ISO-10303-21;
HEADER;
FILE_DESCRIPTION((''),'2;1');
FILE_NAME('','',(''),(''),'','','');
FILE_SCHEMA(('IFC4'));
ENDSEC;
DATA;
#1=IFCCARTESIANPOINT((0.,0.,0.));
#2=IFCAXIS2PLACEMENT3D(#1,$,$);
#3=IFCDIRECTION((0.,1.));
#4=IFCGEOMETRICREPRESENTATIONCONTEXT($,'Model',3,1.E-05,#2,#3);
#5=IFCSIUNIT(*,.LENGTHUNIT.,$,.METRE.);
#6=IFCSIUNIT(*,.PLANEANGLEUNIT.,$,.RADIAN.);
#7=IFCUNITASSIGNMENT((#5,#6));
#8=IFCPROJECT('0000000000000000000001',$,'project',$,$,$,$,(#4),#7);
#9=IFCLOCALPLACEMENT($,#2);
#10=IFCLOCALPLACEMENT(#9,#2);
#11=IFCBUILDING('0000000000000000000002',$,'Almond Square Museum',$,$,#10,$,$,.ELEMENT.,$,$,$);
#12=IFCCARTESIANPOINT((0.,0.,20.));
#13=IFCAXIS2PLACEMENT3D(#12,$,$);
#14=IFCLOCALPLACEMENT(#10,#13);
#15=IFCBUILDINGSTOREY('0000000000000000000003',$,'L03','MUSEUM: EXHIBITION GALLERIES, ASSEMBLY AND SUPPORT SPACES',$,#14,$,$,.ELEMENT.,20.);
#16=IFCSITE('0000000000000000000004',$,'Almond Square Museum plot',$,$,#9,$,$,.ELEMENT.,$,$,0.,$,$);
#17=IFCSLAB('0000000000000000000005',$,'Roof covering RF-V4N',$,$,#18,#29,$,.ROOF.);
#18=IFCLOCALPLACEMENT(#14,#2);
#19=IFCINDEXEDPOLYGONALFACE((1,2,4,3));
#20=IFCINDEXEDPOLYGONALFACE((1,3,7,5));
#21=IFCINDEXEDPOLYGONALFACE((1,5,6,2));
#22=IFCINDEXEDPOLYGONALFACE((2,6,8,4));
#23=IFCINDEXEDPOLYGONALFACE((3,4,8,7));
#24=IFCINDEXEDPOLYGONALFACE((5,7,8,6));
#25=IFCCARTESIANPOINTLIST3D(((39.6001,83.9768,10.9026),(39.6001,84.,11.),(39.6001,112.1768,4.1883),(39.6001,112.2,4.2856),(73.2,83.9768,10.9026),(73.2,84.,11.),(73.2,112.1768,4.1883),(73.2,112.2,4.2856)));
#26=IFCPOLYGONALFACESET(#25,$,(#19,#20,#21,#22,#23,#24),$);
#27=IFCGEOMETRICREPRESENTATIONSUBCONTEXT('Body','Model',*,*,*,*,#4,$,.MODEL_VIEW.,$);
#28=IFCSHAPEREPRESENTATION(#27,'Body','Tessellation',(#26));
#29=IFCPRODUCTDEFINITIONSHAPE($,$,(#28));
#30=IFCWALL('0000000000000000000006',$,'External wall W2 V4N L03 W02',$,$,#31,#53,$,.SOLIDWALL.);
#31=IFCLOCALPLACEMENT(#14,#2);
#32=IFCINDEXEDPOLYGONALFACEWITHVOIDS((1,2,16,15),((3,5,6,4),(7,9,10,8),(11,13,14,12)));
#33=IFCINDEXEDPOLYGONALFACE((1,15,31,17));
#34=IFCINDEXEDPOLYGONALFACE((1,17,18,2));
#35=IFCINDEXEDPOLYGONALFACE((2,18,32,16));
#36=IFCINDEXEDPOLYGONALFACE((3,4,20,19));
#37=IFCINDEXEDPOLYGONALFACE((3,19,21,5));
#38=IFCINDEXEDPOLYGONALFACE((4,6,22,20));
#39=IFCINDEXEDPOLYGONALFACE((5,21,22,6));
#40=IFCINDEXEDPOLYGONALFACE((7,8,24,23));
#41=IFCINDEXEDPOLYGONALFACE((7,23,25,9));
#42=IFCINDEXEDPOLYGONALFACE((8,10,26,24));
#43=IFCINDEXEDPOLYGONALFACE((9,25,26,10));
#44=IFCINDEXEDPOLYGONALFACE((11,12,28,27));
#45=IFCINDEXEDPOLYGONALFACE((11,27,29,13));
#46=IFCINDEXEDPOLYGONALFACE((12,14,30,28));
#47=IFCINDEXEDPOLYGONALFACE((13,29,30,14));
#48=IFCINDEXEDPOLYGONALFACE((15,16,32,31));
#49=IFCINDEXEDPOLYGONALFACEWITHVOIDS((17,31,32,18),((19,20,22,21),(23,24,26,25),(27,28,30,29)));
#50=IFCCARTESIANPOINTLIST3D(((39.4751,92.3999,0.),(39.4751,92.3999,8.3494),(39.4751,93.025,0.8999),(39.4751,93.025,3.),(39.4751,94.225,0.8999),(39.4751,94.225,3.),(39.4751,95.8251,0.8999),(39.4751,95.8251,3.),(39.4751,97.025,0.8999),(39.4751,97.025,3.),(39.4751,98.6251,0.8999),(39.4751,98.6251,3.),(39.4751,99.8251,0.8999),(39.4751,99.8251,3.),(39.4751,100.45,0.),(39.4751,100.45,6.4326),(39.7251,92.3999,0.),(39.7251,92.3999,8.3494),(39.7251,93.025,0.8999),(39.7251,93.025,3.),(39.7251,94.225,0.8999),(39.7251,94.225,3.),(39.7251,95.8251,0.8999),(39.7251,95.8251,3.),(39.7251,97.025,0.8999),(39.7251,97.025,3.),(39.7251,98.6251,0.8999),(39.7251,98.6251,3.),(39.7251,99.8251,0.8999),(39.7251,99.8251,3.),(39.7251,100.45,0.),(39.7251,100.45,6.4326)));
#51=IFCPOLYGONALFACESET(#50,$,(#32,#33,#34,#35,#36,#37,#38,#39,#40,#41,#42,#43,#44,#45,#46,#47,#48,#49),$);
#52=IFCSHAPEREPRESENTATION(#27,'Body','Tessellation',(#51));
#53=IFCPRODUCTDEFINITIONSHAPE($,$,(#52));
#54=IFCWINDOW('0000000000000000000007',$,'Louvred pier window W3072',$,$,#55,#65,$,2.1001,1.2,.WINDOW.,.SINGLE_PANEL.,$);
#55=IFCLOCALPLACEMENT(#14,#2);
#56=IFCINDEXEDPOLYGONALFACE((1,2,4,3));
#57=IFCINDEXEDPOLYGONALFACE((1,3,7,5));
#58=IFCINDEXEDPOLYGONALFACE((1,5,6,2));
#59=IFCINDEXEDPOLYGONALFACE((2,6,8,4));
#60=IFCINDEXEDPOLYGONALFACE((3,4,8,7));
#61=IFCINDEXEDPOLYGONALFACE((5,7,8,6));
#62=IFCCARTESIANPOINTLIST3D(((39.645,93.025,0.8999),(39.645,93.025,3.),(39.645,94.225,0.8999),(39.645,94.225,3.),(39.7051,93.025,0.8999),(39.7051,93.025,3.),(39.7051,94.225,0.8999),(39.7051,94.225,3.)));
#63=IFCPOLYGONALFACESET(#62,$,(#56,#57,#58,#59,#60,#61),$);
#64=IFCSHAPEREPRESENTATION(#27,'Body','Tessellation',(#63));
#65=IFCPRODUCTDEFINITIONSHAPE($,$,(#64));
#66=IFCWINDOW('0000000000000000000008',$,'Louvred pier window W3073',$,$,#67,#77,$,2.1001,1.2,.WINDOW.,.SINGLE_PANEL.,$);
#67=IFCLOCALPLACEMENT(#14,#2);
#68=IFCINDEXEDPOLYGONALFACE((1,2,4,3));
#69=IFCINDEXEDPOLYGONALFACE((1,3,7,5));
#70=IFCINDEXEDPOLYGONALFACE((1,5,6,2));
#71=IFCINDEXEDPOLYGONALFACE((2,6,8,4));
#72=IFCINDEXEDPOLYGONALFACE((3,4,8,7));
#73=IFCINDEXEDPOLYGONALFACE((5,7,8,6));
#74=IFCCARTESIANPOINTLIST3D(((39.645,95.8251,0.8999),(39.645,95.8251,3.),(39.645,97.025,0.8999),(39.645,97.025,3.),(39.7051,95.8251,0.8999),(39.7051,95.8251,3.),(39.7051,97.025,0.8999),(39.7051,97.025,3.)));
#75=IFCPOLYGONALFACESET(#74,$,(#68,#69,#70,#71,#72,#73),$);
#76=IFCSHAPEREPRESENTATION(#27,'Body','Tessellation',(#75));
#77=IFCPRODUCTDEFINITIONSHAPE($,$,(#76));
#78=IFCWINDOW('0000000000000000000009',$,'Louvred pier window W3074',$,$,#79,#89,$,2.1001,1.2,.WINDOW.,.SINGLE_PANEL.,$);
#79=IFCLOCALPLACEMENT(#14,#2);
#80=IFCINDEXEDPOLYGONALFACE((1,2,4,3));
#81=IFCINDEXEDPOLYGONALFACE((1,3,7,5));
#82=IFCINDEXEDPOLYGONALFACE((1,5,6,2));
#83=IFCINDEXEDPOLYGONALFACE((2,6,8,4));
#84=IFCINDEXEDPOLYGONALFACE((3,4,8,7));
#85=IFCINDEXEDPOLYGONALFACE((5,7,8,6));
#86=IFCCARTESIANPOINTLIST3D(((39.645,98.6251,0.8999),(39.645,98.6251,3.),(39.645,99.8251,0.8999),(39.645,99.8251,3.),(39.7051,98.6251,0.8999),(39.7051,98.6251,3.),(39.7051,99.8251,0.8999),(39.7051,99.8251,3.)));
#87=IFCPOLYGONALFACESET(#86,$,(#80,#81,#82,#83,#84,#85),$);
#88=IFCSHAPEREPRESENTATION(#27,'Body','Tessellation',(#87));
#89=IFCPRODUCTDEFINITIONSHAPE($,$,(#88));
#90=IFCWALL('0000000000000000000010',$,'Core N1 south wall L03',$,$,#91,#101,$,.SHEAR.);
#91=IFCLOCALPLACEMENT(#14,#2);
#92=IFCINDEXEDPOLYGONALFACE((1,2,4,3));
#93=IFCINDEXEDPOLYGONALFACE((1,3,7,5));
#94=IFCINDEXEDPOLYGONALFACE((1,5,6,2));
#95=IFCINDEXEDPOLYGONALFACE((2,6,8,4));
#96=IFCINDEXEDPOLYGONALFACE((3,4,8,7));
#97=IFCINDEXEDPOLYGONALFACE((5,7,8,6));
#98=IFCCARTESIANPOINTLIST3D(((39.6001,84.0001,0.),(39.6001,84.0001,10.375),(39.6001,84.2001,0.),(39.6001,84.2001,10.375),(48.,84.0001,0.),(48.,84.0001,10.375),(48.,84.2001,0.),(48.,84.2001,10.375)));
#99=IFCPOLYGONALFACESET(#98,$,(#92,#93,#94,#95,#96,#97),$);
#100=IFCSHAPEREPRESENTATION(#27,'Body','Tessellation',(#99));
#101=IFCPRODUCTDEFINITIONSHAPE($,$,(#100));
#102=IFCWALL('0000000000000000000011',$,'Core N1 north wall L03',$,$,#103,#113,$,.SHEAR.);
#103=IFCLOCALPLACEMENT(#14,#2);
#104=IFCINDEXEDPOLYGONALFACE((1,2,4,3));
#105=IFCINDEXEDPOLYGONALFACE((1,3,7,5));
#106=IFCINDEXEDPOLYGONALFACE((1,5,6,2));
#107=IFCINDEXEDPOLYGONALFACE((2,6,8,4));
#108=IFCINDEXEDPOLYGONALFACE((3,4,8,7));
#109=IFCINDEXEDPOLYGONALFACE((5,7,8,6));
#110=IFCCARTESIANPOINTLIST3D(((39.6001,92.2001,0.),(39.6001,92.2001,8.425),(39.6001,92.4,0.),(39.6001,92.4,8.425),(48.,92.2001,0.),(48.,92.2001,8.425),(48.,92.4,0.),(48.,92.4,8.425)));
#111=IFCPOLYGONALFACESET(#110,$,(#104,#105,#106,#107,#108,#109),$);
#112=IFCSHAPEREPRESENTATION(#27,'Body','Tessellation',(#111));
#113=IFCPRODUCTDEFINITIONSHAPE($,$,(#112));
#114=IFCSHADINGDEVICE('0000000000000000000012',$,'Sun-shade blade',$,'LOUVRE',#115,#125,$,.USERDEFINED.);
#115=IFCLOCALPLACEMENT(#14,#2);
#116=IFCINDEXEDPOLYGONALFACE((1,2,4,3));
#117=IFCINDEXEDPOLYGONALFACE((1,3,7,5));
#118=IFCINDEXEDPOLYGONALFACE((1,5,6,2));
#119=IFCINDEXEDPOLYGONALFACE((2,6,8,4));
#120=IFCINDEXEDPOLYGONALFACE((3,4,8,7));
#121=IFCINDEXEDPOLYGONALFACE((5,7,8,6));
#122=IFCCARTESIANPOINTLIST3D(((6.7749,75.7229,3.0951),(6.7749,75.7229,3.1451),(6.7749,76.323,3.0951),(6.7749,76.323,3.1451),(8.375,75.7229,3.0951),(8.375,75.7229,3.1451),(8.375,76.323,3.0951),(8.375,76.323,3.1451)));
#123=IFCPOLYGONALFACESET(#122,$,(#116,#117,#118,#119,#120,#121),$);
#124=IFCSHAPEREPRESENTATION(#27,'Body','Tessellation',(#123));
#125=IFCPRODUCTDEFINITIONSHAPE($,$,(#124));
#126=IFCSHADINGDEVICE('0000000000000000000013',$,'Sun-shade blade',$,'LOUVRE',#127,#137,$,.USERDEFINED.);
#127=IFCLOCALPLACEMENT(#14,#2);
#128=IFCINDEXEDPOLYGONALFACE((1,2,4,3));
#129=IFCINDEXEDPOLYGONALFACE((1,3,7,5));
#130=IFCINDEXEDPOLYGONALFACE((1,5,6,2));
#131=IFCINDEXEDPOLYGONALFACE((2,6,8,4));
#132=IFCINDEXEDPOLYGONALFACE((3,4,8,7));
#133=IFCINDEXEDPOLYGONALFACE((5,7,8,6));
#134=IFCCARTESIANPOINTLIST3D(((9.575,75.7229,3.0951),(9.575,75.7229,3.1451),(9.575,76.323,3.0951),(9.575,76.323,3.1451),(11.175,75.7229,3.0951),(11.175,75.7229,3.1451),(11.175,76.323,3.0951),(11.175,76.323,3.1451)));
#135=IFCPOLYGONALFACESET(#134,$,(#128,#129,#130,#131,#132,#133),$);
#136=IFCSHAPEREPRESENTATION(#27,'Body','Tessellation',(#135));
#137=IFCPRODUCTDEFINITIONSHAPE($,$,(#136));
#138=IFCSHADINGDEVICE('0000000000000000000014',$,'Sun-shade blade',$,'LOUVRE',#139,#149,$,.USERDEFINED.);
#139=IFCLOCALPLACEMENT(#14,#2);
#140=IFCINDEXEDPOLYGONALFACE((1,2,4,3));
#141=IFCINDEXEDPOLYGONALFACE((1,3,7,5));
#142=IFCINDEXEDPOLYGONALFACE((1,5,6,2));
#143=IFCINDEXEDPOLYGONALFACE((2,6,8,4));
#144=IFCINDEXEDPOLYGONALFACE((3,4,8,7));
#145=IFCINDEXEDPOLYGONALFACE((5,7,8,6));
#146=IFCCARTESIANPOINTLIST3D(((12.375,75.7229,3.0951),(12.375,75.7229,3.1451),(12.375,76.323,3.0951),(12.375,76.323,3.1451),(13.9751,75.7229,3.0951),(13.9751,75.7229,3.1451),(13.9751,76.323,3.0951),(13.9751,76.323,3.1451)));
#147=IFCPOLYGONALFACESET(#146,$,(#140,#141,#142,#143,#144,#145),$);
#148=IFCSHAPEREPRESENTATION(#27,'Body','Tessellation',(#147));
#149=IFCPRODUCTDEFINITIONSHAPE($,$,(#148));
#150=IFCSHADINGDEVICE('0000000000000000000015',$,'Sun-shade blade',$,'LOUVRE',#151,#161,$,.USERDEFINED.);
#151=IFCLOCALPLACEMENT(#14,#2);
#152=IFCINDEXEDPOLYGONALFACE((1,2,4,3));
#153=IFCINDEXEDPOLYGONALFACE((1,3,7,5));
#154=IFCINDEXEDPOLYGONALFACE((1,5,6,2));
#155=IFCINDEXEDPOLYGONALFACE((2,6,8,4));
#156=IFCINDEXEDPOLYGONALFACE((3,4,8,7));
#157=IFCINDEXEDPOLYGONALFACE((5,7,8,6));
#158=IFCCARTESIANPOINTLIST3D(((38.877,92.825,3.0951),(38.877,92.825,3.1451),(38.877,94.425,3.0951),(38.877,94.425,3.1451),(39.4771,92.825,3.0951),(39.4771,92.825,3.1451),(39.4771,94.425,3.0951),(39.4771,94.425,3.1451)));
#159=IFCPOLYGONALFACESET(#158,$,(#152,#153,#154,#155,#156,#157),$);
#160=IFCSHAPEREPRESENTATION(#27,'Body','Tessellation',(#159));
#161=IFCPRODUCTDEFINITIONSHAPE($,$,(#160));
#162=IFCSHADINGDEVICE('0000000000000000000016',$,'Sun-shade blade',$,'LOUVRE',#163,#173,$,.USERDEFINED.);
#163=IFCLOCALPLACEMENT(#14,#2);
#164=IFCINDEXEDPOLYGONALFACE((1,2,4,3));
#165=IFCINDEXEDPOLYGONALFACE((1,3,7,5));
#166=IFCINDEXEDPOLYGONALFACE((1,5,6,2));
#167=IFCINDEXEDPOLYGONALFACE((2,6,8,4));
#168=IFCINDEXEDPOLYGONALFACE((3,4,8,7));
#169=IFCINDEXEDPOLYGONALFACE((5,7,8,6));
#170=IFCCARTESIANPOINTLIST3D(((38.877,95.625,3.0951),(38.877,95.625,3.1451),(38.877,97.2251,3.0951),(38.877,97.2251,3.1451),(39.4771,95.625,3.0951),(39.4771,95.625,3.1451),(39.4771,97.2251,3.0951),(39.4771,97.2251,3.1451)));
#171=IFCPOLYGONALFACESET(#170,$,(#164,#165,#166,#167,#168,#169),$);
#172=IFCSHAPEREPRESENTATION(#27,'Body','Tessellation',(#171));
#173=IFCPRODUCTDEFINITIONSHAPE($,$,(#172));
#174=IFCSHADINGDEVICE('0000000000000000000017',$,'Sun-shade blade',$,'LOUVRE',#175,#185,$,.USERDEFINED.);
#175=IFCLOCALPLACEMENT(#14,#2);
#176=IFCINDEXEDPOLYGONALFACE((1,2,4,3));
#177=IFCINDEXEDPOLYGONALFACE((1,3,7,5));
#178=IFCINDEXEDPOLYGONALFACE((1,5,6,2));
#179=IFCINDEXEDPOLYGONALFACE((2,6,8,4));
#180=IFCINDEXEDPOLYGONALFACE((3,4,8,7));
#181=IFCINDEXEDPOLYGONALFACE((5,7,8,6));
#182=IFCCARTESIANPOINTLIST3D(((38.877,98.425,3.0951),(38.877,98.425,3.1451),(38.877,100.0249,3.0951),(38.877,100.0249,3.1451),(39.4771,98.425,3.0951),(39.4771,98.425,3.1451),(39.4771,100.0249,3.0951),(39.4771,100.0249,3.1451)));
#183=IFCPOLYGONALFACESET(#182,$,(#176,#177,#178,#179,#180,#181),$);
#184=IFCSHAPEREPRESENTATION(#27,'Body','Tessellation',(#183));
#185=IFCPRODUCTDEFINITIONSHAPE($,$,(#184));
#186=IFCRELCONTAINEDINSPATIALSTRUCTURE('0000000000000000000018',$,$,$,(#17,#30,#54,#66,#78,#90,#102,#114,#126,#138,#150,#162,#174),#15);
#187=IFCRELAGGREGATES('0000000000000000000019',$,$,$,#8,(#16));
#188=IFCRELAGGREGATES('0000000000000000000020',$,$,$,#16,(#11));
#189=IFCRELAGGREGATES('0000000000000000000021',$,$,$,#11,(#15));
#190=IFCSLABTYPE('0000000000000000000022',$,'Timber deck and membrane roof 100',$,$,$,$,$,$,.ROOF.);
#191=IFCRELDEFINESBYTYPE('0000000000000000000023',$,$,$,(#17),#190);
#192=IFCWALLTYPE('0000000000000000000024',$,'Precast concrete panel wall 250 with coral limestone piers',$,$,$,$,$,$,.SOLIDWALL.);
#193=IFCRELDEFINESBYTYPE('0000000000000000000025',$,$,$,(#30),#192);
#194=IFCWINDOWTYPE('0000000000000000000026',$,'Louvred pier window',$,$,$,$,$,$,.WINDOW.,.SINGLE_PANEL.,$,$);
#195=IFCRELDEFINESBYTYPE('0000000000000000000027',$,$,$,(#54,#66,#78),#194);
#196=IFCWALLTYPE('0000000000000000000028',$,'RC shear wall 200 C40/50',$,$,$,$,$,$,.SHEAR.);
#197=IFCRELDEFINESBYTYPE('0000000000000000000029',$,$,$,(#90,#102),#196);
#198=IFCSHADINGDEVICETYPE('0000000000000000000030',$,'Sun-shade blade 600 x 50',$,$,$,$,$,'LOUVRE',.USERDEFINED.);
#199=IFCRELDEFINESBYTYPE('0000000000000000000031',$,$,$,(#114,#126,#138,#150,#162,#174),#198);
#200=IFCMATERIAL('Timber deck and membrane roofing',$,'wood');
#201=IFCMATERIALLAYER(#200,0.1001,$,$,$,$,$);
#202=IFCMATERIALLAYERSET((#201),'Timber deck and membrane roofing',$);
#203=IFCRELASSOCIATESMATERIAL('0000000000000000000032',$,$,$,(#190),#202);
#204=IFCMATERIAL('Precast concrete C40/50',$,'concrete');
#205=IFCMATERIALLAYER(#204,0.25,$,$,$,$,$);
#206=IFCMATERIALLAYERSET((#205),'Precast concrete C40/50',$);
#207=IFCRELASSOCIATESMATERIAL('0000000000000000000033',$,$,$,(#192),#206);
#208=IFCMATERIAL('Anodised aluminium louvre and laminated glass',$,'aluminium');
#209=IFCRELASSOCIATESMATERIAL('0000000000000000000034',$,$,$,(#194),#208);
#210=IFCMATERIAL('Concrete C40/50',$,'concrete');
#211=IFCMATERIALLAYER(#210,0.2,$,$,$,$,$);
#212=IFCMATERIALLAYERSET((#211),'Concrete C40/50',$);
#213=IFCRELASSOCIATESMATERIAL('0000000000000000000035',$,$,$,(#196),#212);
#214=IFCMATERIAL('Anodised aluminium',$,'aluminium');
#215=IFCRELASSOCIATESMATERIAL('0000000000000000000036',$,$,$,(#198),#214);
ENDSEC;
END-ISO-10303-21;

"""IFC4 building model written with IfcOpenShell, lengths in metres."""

from ifc_helpers import new_model, si_unit, direction, frame, frame_2d, origin, origin_2d, place, context, subcontext, project, spatial, polyline, rectangle, outline, extrude, material, layer, layer_set, material_profile, profile_set, type_object, element, fill, save


model = new_model("IFC4")

# Units and contexts
model_context = context("Model", 3, precision=1e-05, world=origin(), true_north=direction((0.0, 1.0)))
body_context = subcontext(model_context, "Body", "Model", "MODEL_VIEW")
ifc_project = project(units=[si_unit("LENGTHUNIT", "METRE"), si_unit("PLANEANGLEUNIT", "RADIAN")], contexts=[model_context])

# Site, building, storey
site_placement = place(None, origin())
site = spatial("IfcSite", under=ifc_project, at=site_placement, Name="Almond Square Museum plot", CompositionType="ELEMENT", RefElevation=0.0)
building_placement = place(site_placement, origin())
building = spatial("IfcBuilding", under=site, at=building_placement, Name="Almond Square Museum", CompositionType="ELEMENT")
storey_placement = place(building_placement, frame((0.0, 0.0, 20.0)))
storey = spatial("IfcBuildingStorey", under=building, at=storey_placement, Name="L03", Description="MUSEUM: EXHIBITION GALLERIES, ASSEMBLY AND SUPPORT SPACES", CompositionType="ELEMENT", Elevation=20.0)

# Slab
ifc_material_1 = material(Name="Timber deck and membrane roofing", Category="wood")
ifc_layer_1 = layer(ifc_material_1, 0.1001)
ifc_layer_set_1 = layer_set([ifc_layer_1], Name="Timber deck and membrane roofing")
slab_type = type_object("IfcSlabType", Name="Timber deck and membrane roof 100", PredefinedType="ROOF", material=ifc_layer_set_1)
slab_placement = place(storey_placement, frame((39.6001, 84.0, 11.0), z_axis=(0.0, 0.231623, 0.972806), x_axis=(1.0, 0.0, 0.0)))
element("IfcSlab", 1, at=slab_placement, inside=storey, type_object=slab_type, Name="Roof covering RF-V4N", PredefinedType="ROOF", context=body_context, shape_type="SweptSolid", body=[
    extrude(outline(polyline([(0.0, 0.0), (33.5999, 0.0), (33.5999, 28.9883), (0.0, 28.9883), (0.0, 0.0)])), origin(), (0.0, 0.0, -1.0), 0.1001),
])

# Wall, openings, windows
ifc_material_2 = material(Name="Precast concrete C40/50", Category="concrete")
ifc_layer_2 = layer(ifc_material_2, 0.25)
ifc_layer_set_2 = layer_set([ifc_layer_2], Name="Precast concrete C40/50")
wall_type_1 = type_object("IfcWallType", Name="Precast concrete panel wall 250 with coral limestone piers", PredefinedType="SOLIDWALL", material=ifc_layer_set_2)
wall_1_placement = place(storey_placement, frame((39.6001, 92.3999, 0.0), z_axis=(0.0, 0.0, 1.0), x_axis=(0.0, 1.0, 0.0)))
wall_1 = element("IfcWall", 2, at=wall_1_placement, inside=storey, type_object=wall_type_1, Name="External wall W2 V4N L03 W02", PredefinedType="SOLIDWALL", context=body_context, shape_type="SweptSolid", body=[
    extrude(outline(polyline([(0.0, 0.0), (8.05, 0.0), (8.05, 6.4326), (0.0, 8.3494), (0.0, 0.0)])), frame((0.0, 0.125, 0.0), z_axis=(0.0, -1.0, 0.0), x_axis=(1.0, 0.0, 0.0)), (0.0, 0.0, 1.0), 0.25),
])
opening_1_placement = place(wall_1_placement, frame((0.625, 0.0, 0.8999)))
opening_1 = element("IfcOpeningElement", 3, at=opening_1_placement, cuts=wall_1, PredefinedType="OPENING", context=body_context, shape_type="SweptSolid", body=[
    extrude(rectangle(XDim=1.2, YDim=2.1001, at=frame_2d((0.6001, 1.05))), frame((0.0, 0.135, 0.0), z_axis=(0.0, -1.0, 0.0), x_axis=(1.0, 0.0, 0.0)), (0.0, 0.0, 1.0), 0.27),
])
opening_2_placement = place(wall_1_placement, frame((3.425, 0.0, 0.8999)))
opening_2 = element("IfcOpeningElement", 4, at=opening_2_placement, cuts=wall_1, PredefinedType="OPENING", context=body_context, shape_type="SweptSolid", body=[
    extrude(rectangle(XDim=1.2, YDim=2.1001, at=frame_2d((0.6001, 1.05))), frame((0.0, 0.135, 0.0), z_axis=(0.0, -1.0, 0.0), x_axis=(1.0, 0.0, 0.0)), (0.0, 0.0, 1.0), 0.27),
])
opening_3_placement = place(wall_1_placement, frame((6.2251, 0.0, 0.8999)))
opening_3 = element("IfcOpeningElement", 5, at=opening_3_placement, cuts=wall_1, PredefinedType="OPENING", context=body_context, shape_type="SweptSolid", body=[
    extrude(rectangle(XDim=1.2, YDim=2.1001, at=frame_2d((0.6001, 1.05))), frame((0.0, 0.135, 0.0), z_axis=(0.0, -1.0, 0.0), x_axis=(1.0, 0.0, 0.0)), (0.0, 0.0, 1.0), 0.27),
])
ifc_material_3 = material(Name="Anodised aluminium louvre and laminated glass", Category="aluminium")
window_type = type_object("IfcWindowType", Name="Louvred pier window", PartitioningType="SINGLE_PANEL", PredefinedType="WINDOW", material=ifc_material_3)
window_1_placement = place(opening_1_placement, origin())
window_1 = element("IfcWindow", 6, at=window_1_placement, inside=storey, type_object=window_type, Name="Louvred pier window W3072", OverallHeight=2.1001, OverallWidth=1.2, PartitioningType="SINGLE_PANEL", PredefinedType="WINDOW", context=body_context, shape_type="SweptSolid", body=[
    extrude(rectangle(XDim=1.2, YDim=2.1001, at=frame_2d((0.6001, 1.05))), frame((0.0, -0.0449, 0.0), z_axis=(0.0, -1.0, 0.0), x_axis=(1.0, 0.0, 0.0)), (0.0, 0.0, 1.0), 0.0601),
])
fill(opening_1, window_1)
window_2_placement = place(opening_2_placement, origin())
window_2 = element("IfcWindow", 7, at=window_2_placement, inside=storey, type_object=window_type, Name="Louvred pier window W3073", OverallHeight=2.1001, OverallWidth=1.2, PartitioningType="SINGLE_PANEL", PredefinedType="WINDOW", context=body_context, shape_type="SweptSolid", body=[
    extrude(rectangle(XDim=1.2, YDim=2.1001, at=frame_2d((0.6001, 1.05))), frame((0.0, -0.0449, 0.0), z_axis=(0.0, -1.0, 0.0), x_axis=(1.0, 0.0, 0.0)), (0.0, 0.0, 1.0), 0.0601),
])
fill(opening_2, window_2)
window_3_placement = place(opening_3_placement, origin())
window_3 = element("IfcWindow", 8, at=window_3_placement, inside=storey, type_object=window_type, Name="Louvred pier window W3074", OverallHeight=2.1001, OverallWidth=1.2, PartitioningType="SINGLE_PANEL", PredefinedType="WINDOW", context=body_context, shape_type="SweptSolid", body=[
    extrude(rectangle(XDim=1.2, YDim=2.1001, at=frame_2d((0.6001, 1.05))), frame((0.0, -0.0449, 0.0), z_axis=(0.0, -1.0, 0.0), x_axis=(1.0, 0.0, 0.0)), (0.0, 0.0, 1.0), 0.0601),
])
fill(opening_3, window_3)

# Walls
ifc_material_4 = material(Name="Concrete C40/50", Category="concrete")
ifc_layer_3 = layer(ifc_material_4, 0.2)
ifc_layer_set_3 = layer_set([ifc_layer_3], Name="Concrete C40/50")
wall_type_2 = type_object("IfcWallType", Name="RC shear wall 200 C40/50", PredefinedType="SHEAR", material=ifc_layer_set_3)
wall_2_placement = place(storey_placement, frame((39.6001, 84.1001, 0.0), z_axis=(0.0, 0.0, 1.0), x_axis=(1.0, 0.0, 0.0)))
element("IfcWall", 9, at=wall_2_placement, inside=storey, type_object=wall_type_2, Name="Core N1 south wall L03", PredefinedType="SHEAR", context=body_context, shape_type="SweptSolid", body=[
    extrude(rectangle(XDim=8.3999, YDim=0.2, at=frame_2d((4.2, 0.0))), origin(), (0.0, 0.0, 1.0), 10.375),
])
wall_3_placement = place(storey_placement, frame((39.6001, 92.3, 0.0), z_axis=(0.0, 0.0, 1.0), x_axis=(1.0, 0.0, 0.0)))
element("IfcWall", 10, at=wall_3_placement, inside=storey, type_object=wall_type_2, Name="Core N1 north wall L03", PredefinedType="SHEAR", context=body_context, shape_type="SweptSolid", body=[
    extrude(rectangle(XDim=8.3999, YDim=0.2, at=frame_2d((4.2, 0.0))), origin(), (0.0, 0.0, 1.0), 8.425),
])

# Shading devices
ifc_material_5 = material(Name="Anodised aluminium", Category="aluminium")
ifc_material_profile = material_profile(ifc_material_5, rectangle(XDim=0.6001, YDim=0.05, at=origin_2d()))
ifc_profile_set = profile_set([ifc_material_profile], Name="Anodised aluminium")
shading_device_type = type_object("IfcShadingDeviceType", Name="Sun-shade blade 600 x 50", ElementType="LOUVRE", PredefinedType="USERDEFINED", material=ifc_profile_set)
for number, where, z_axis, x_axis, name in (
    (11, (6.7749, 76.0229, 3.1201), (1.0, 0.0, 0.0), (0.0, 1.0, 0.0), "Sun-shade blade"),
    (12, (9.575, 76.0229, 3.1201), (1.0, 0.0, 0.0), (0.0, 1.0, 0.0), "Sun-shade blade"),
    (13, (12.375, 76.0229, 3.1201), (1.0, 0.0, 0.0), (0.0, 1.0, 0.0), "Sun-shade blade"),
    (14, (39.177, 92.825, 3.1201), (0.0, 1.0, 0.0), (-1.0, 0.0, 0.0), "Sun-shade blade"),
    (15, (39.177, 95.625, 3.1201), (0.0, 1.0, 0.0), (-1.0, 0.0, 0.0), "Sun-shade blade"),
):
    element("IfcShadingDevice", number, at=place(storey_placement, frame(where, z_axis=z_axis, x_axis=x_axis)), inside=storey, type_object=shading_device_type, Name=name, ObjectType="LOUVRE", PredefinedType="USERDEFINED", context=body_context, shape_type="SweptSolid", body=[
        extrude(rectangle(XDim=0.6001, YDim=0.05, at=origin_2d()), origin(), (0.0, 0.0, 1.0), 1.6001),
    ])
shading_device_placement = place(storey_placement, frame((39.177, 98.425, 3.1201), z_axis=(0.0, 1.0, 0.0), x_axis=(-1.0, 0.0, 0.0)))
element("IfcShadingDevice", 16, at=shading_device_placement, inside=storey, type_object=shading_device_type, Name="Sun-shade blade", ObjectType="LOUVRE", PredefinedType="USERDEFINED", context=body_context, shape_type="SweptSolid", body=[
    extrude(rectangle(XDim=0.6001, YDim=0.05, at=origin_2d()), origin(), (0.0, 0.0, 1.0), 1.5999),
])

save(model, "model.ifc")
